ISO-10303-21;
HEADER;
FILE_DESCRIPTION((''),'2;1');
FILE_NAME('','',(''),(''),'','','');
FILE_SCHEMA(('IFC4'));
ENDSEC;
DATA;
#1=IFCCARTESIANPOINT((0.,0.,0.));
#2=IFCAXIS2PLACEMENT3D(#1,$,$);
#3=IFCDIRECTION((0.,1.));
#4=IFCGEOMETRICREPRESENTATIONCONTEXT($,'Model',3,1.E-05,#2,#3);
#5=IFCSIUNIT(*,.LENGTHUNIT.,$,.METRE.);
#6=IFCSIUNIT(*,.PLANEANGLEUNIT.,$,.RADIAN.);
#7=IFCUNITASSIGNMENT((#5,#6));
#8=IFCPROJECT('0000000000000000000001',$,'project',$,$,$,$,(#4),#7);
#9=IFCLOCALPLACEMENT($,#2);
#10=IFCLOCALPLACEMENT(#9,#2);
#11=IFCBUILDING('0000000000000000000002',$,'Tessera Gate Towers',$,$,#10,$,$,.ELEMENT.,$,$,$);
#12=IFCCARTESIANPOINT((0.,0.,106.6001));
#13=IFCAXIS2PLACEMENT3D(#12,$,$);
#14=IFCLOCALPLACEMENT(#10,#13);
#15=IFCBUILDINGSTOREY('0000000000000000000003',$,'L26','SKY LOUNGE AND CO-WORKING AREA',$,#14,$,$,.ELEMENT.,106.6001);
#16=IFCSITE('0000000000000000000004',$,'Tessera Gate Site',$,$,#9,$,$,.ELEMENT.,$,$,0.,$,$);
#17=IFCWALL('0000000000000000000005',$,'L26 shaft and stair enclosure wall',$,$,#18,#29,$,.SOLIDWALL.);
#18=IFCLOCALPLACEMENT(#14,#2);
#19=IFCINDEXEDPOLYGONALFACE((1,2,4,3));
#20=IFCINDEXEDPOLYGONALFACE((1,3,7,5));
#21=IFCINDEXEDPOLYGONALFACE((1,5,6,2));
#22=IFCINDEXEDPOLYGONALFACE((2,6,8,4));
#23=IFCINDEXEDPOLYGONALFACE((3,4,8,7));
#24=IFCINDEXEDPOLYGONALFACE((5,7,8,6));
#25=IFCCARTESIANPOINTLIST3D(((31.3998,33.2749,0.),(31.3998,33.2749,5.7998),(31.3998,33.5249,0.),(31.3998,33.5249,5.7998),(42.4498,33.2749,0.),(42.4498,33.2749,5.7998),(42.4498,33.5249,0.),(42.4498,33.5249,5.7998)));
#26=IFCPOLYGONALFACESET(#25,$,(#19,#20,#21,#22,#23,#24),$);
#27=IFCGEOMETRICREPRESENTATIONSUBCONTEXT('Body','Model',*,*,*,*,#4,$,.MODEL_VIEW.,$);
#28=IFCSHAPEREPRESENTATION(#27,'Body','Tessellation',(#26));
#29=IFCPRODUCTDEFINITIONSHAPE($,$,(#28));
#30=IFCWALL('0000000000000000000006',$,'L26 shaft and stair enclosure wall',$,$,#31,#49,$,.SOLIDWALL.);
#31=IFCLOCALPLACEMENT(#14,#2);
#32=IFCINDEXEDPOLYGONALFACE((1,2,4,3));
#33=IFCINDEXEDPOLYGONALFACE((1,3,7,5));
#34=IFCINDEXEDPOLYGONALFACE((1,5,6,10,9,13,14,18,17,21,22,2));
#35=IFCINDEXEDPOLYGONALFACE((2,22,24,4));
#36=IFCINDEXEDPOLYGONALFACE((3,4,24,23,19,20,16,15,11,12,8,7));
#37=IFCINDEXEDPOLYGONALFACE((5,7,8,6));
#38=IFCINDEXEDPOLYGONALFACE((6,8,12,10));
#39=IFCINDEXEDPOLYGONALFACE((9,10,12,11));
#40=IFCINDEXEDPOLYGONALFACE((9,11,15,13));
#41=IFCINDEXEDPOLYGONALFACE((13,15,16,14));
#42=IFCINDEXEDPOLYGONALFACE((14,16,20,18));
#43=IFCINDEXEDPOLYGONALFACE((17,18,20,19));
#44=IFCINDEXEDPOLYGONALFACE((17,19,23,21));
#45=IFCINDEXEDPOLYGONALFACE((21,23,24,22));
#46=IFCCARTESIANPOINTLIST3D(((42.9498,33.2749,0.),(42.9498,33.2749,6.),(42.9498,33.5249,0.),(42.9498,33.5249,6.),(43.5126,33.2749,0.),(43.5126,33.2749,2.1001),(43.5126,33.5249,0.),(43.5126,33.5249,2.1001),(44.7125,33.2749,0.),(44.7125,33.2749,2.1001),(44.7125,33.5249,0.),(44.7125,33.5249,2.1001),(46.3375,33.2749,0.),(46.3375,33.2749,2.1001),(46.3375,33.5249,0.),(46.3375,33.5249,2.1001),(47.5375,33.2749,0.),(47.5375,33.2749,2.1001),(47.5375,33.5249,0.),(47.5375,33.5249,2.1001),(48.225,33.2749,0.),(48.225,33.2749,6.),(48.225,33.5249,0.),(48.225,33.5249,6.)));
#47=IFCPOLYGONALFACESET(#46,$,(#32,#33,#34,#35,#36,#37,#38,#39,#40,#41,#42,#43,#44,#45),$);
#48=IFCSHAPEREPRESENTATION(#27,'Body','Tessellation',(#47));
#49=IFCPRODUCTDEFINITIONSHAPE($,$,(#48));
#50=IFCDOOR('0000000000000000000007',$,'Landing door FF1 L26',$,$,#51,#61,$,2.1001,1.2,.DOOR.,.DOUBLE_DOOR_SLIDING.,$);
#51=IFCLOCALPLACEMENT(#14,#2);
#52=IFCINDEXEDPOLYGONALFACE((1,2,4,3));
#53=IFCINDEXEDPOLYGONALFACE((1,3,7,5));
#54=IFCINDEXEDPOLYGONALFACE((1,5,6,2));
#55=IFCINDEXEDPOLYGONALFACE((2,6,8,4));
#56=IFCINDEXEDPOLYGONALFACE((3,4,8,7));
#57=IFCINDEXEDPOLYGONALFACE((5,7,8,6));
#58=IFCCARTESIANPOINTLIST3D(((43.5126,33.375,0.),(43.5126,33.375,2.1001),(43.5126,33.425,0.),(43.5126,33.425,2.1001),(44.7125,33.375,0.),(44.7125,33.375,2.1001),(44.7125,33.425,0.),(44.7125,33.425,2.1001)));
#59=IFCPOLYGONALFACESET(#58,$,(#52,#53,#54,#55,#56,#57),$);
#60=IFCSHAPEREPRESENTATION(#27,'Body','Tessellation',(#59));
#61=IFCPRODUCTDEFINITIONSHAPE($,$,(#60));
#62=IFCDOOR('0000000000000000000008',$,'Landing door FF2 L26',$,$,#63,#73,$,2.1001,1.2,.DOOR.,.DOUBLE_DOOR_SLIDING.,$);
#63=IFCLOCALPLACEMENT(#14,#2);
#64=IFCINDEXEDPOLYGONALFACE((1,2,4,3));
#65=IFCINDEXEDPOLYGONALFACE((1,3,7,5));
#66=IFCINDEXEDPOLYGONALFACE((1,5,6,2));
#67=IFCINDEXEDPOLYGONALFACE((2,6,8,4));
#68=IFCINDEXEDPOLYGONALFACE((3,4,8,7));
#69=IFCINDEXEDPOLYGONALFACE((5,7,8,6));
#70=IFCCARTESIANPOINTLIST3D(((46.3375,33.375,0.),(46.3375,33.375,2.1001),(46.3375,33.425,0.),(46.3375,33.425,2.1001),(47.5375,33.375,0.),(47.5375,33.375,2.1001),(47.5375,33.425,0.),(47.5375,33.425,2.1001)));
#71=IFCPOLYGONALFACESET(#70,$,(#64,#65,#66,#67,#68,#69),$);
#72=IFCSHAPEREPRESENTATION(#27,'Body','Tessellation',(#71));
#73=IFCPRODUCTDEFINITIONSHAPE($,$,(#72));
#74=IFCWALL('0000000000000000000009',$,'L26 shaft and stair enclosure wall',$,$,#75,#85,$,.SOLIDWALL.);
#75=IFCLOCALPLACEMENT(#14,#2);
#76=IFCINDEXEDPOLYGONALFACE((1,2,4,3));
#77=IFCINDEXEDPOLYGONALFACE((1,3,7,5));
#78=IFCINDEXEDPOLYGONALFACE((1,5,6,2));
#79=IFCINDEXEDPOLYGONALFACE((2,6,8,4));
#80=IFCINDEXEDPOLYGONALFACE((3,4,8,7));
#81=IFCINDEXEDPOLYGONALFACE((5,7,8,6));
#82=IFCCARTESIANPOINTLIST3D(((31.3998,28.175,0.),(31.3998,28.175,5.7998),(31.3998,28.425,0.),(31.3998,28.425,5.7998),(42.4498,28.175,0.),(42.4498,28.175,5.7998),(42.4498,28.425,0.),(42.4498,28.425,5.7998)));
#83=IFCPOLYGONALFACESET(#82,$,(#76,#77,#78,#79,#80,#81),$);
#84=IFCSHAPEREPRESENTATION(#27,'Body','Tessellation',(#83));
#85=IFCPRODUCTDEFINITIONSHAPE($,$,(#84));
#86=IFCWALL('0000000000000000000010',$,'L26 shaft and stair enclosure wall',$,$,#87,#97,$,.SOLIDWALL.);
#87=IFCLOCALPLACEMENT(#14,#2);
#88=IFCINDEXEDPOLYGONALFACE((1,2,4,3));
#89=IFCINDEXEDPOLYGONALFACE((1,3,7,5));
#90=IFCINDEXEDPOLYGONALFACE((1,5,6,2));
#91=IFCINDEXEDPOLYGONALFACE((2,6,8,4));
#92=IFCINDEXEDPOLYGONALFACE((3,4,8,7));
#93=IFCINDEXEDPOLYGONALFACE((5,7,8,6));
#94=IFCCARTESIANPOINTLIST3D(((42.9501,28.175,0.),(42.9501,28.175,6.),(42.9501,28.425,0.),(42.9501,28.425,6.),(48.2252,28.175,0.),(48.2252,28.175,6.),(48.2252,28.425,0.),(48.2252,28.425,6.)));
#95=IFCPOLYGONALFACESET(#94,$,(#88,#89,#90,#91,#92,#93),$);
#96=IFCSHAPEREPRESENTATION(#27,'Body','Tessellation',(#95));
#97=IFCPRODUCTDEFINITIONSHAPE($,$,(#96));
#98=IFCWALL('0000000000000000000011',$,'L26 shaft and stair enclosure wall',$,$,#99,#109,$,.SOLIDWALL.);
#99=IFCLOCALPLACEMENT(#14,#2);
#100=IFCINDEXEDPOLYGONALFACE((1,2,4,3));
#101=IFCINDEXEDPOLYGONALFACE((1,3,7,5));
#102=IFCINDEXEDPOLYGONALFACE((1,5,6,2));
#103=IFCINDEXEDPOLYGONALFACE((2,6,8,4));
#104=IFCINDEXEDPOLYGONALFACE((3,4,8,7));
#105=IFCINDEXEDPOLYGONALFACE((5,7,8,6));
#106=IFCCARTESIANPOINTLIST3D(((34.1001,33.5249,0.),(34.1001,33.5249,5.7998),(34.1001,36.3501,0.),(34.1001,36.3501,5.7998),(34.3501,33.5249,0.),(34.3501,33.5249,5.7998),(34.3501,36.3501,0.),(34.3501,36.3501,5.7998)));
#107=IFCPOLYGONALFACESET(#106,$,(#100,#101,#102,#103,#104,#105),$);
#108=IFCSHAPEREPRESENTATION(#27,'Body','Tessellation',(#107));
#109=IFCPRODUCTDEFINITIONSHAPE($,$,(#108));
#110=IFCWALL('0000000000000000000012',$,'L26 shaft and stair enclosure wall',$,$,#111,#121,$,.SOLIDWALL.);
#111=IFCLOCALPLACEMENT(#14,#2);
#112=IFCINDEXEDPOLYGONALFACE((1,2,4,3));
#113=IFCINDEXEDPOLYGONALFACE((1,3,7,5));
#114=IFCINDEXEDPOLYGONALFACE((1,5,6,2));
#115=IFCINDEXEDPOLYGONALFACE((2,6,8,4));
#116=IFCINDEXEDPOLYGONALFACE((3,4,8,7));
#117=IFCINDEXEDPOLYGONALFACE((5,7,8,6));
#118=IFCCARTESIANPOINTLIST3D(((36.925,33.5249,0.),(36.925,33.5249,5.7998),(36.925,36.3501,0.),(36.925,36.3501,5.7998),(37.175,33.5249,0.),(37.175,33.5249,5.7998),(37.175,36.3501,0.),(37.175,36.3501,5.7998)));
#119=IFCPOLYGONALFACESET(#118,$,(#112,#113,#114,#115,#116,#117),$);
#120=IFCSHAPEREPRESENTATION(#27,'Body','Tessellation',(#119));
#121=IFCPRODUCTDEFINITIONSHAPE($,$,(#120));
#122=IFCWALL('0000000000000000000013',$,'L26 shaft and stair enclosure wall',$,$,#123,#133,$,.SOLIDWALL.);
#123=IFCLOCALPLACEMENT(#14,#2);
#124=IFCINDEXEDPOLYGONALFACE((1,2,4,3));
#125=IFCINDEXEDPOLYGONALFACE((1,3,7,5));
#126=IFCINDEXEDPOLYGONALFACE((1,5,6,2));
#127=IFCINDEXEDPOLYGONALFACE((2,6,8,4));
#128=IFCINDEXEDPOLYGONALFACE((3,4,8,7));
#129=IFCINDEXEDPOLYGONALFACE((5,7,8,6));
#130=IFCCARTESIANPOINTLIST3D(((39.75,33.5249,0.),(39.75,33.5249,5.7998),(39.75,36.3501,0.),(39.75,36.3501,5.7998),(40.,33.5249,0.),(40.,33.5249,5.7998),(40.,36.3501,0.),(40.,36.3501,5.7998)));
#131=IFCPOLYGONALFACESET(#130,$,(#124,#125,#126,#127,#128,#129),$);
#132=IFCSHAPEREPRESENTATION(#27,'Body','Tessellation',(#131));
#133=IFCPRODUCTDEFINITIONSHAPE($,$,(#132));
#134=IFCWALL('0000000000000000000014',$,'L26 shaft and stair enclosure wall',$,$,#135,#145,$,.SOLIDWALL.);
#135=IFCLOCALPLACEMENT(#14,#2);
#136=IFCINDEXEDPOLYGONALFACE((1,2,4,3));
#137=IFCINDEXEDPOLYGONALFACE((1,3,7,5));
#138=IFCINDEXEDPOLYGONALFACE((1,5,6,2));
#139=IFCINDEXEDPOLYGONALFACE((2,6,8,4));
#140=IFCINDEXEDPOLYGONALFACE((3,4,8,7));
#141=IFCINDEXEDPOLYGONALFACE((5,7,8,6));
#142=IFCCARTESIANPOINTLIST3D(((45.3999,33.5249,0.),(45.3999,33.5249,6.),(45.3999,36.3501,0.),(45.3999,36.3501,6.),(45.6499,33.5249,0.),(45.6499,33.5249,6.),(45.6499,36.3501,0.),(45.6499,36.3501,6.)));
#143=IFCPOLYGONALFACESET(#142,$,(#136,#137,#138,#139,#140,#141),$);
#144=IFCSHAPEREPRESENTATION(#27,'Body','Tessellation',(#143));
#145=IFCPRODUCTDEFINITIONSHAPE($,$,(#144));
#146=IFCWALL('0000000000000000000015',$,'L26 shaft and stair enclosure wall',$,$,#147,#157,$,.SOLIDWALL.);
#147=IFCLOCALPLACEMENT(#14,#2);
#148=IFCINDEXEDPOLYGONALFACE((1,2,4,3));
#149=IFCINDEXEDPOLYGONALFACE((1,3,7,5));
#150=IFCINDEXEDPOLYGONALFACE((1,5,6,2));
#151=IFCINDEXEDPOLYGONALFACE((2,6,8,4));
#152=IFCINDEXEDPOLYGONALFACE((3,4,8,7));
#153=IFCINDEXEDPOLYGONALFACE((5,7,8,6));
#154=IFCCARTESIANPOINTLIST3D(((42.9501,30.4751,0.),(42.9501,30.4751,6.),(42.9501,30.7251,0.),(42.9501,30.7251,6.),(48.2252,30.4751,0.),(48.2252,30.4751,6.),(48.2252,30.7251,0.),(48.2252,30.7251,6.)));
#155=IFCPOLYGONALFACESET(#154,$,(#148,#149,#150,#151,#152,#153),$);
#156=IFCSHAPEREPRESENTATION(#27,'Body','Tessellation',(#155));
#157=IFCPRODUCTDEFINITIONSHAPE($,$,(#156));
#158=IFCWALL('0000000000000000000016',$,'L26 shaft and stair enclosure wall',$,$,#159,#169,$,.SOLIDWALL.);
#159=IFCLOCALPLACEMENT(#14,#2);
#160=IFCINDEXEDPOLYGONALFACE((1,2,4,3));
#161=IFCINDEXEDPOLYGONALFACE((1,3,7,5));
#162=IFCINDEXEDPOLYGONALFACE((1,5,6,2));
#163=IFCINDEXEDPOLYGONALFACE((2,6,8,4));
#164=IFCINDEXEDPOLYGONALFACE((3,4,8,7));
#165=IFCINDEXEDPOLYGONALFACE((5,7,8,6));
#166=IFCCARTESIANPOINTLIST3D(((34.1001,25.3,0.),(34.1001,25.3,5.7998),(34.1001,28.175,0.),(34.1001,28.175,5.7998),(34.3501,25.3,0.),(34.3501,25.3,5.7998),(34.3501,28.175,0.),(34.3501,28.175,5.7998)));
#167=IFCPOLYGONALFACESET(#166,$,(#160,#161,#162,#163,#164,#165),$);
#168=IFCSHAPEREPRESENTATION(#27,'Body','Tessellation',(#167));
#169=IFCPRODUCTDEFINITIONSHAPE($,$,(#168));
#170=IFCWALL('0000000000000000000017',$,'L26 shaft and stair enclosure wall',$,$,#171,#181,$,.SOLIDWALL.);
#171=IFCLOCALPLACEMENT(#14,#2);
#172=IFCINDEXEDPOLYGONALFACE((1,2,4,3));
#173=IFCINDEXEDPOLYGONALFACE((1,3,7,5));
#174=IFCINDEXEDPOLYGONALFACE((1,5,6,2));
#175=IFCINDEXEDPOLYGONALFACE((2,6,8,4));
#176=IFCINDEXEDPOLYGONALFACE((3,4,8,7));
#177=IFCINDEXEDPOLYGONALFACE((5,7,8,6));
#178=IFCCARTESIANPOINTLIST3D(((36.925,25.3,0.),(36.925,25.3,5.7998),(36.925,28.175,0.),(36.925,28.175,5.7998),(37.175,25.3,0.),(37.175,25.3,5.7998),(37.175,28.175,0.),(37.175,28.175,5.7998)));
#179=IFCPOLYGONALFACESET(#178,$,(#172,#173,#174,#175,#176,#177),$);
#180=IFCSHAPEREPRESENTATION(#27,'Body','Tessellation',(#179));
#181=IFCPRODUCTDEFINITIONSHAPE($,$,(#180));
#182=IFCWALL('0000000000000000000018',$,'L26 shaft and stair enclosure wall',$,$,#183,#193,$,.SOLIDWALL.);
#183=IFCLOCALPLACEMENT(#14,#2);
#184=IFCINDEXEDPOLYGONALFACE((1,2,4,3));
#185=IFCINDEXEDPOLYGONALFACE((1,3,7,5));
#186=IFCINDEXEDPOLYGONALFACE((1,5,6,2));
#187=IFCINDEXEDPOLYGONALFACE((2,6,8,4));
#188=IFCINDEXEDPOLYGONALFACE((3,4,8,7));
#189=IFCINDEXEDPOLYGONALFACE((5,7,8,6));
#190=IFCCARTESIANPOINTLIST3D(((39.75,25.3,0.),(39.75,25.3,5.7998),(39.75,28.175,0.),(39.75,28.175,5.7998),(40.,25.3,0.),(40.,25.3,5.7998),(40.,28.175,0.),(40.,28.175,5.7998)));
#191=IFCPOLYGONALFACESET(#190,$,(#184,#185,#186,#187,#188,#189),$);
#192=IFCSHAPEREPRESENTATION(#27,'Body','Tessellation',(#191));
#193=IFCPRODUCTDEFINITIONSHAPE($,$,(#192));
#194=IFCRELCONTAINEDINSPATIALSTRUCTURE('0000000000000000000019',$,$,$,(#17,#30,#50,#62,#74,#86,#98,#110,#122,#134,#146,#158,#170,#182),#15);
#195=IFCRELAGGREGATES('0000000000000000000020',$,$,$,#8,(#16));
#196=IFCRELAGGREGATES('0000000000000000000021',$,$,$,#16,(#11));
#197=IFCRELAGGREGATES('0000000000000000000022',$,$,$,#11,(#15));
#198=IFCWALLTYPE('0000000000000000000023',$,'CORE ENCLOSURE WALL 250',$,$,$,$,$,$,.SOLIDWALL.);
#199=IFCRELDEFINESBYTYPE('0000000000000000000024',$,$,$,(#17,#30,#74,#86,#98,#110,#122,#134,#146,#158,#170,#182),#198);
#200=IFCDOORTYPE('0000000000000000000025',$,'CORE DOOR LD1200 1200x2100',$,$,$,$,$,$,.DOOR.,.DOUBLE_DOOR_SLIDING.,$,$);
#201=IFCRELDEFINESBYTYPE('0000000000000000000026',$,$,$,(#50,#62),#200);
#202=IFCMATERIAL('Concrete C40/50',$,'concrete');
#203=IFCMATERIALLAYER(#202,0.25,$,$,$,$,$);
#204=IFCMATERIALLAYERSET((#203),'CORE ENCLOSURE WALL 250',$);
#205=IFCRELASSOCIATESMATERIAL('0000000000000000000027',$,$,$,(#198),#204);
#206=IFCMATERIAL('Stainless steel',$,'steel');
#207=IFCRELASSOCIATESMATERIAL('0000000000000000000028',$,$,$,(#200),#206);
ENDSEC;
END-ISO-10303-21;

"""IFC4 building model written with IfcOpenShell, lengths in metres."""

from ifc_helpers import new_model, si_unit, direction, frame, frame_2d, origin, place, context, subcontext, project, spatial, rectangle, extrude, source, transform, mapped, material, layer, layer_set, type_object, element, fill, save


model = new_model("IFC4")

# Units and contexts
model_context = context("Model", 3, precision=1e-05, world=origin(), true_north=direction((0.0, 1.0)))
body_context = subcontext(model_context, "Body", "Model", "MODEL_VIEW")
ifc_project = project(units=[si_unit("LENGTHUNIT", "METRE"), si_unit("PLANEANGLEUNIT", "RADIAN")], contexts=[model_context])

# Site, building, storey
site_placement = place(None, origin())
site = spatial("IfcSite", under=ifc_project, at=site_placement, Name="Tessera Gate Site", CompositionType="ELEMENT", RefElevation=0.0)
building_placement = place(site_placement, origin())
building = spatial("IfcBuilding", under=site, at=building_placement, Name="Tessera Gate Towers", CompositionType="ELEMENT")
storey_placement = place(building_placement, frame((0.0, 0.0, 106.6001)))
storey = spatial("IfcBuildingStorey", under=building, at=storey_placement, Name="L26", Description="SKY LOUNGE AND CO-WORKING AREA", CompositionType="ELEMENT", Elevation=106.6001)

# Wall
ifc_material_1 = material(Name="Concrete C40/50", Category="concrete")
ifc_layer_1 = layer(ifc_material_1, 0.25)
ifc_layer_set_1 = layer_set([ifc_layer_1], Name="CORE ENCLOSURE WALL 250")
wall_type_1 = type_object("IfcWallType", Name="CORE ENCLOSURE WALL 250", PredefinedType="SOLIDWALL", material=ifc_layer_set_1)
wall_1_placement = place(storey_placement, frame((31.3999, 33.3999, 0.0), z_axis=(0.0, 0.0, 1.0), x_axis=(1.0, 0.0, 0.0)))
element("IfcWall", 1, at=wall_1_placement, inside=storey, type_object=wall_type_1, Name="L26 shaft and stair enclosure wall", PredefinedType="SOLIDWALL", context=body_context, shape_type="SweptSolid", body=[
    extrude(rectangle(XDim=11.05, YDim=0.25, at=frame_2d((5.5249, 0.0))), origin(), (0.0, 0.0, 1.0), 5.7998),
])

# Wall, openings, doors
wall_2_placement = place(storey_placement, frame((48.2251, 33.3999, 0.0), z_axis=(0.0, 0.0, 1.0), x_axis=(-1.0, 0.0, 0.0)))
wall_2 = element("IfcWall", 2, at=wall_2_placement, inside=storey, type_object=wall_type_1, Name="L26 shaft and stair enclosure wall", PredefinedType="SOLIDWALL", context=body_context, shape_type="SweptSolid", body=[
    extrude(rectangle(XDim=5.2751, YDim=0.25, at=frame_2d((2.6377, 0.0))), origin(), (0.0, 0.0, 1.0), 6.0),
])
shared_shape_1 = source(origin(), body_context, "Body", "SweptSolid", [
    extrude(rectangle(XDim=1.2, YDim=2.1001, at=frame_2d((0.6001, 1.05))), frame((0.0, 0.135, 0.0), z_axis=(0.0, -1.0, 0.0), x_axis=(1.0, 0.0, 0.0)), (0.0, 0.0, 1.0), 0.27),
])
opening_1_placement = place(wall_2_placement, frame((3.5125, 0.0, 0.0)))
opening_1 = element("IfcOpeningElement", 3, at=opening_1_placement, cuts=wall_2, PredefinedType="OPENING", context=body_context, shape_type="MappedRepresentation", body=[
    mapped(shared_shape_1, transform((0.0, 0.0, 0.0), scale=1.0)),
])
opening_2_placement = place(wall_2_placement, frame((0.6875, 0.0, 0.0)))
opening_2 = element("IfcOpeningElement", 4, at=opening_2_placement, cuts=wall_2, PredefinedType="OPENING", context=body_context, shape_type="MappedRepresentation", body=[
    mapped(shared_shape_1, transform((0.0, 0.0, 0.0), scale=1.0)),
])
ifc_material_2 = material(Name="Stainless steel", Category="steel")
door_type_1 = type_object("IfcDoorType", Name="CORE DOOR LD1200 1200x2100", OperationType="DOUBLE_DOOR_SLIDING", PredefinedType="DOOR", material=ifc_material_2)
shared_shape_2 = source(origin(), body_context, "Body", "SweptSolid", [
    extrude(rectangle(XDim=1.2, YDim=2.1001, at=frame_2d((0.6001, 1.05))), frame((0.0, 0.0249, 0.0), z_axis=(0.0, -1.0, 0.0), x_axis=(1.0, 0.0, 0.0)), (0.0, 0.0, 1.0), 0.05),
])
door_1_placement = place(opening_1_placement, origin())
door_1 = element("IfcDoor", 5, at=door_1_placement, inside=storey, type_object=door_type_1, Name="Landing door FF1 L26", OperationType="DOUBLE_DOOR_SLIDING", OverallHeight=2.1001, OverallWidth=1.2, PredefinedType="DOOR", context=body_context, shape_type="MappedRepresentation", body=[
    mapped(shared_shape_2, transform((0.0, 0.0, 0.0), scale=1.0)),
])
fill(opening_1, door_1)
door_2_placement = place(opening_2_placement, origin())
door_2 = element("IfcDoor", 6, at=door_2_placement, inside=storey, type_object=door_type_1, Name="Landing door FF2 L26", OperationType="DOUBLE_DOOR_SLIDING", OverallHeight=2.1001, OverallWidth=1.2, PredefinedType="DOOR", context=body_context, shape_type="MappedRepresentation", body=[
    mapped(shared_shape_2, transform((0.0, 0.0, 0.0), scale=1.0)),
])
fill(opening_2, door_2)

# Walls
wall_3_placement = place(storey_placement, frame((31.3999, 28.3, 0.0), z_axis=(0.0, 0.0, 1.0), x_axis=(1.0, 0.0, 0.0)))
element("IfcWall", 7, at=wall_3_placement, inside=storey, type_object=wall_type_1, Name="L26 shaft and stair enclosure wall", PredefinedType="SOLIDWALL", context=body_context, shape_type="SweptSolid", body=[
    extrude(rectangle(XDim=11.05, YDim=0.25, at=frame_2d((5.5249, 0.0))), origin(), (0.0, 0.0, 1.0), 5.7998),
])
wall_4_placement = place(storey_placement, frame((42.95, 28.3, 0.0), z_axis=(0.0, 0.0, 1.0), x_axis=(1.0, 0.0, 0.0)))
element("IfcWall", 8, at=wall_4_placement, inside=storey, type_object=wall_type_1, Name="L26 shaft and stair enclosure wall", PredefinedType="SOLIDWALL", context=body_context, shape_type="SweptSolid", body=[
    extrude(rectangle(XDim=5.2751, YDim=0.25, at=frame_2d((2.6377, 0.0))), origin(), (0.0, 0.0, 1.0), 6.0),
])
for number, where, z_axis, x_axis, name in (
    (9, (34.2251, 33.5249, 0.0), (0.0, 0.0, 1.0), (0.0, 1.0, 0.0), "L26 shaft and stair enclosure wall"),
    (10, (37.05, 33.5249, 0.0), (0.0, 0.0, 1.0), (0.0, 1.0, 0.0), "L26 shaft and stair enclosure wall"),
    (11, (39.875, 33.5249, 0.0), (0.0, 0.0, 1.0), (0.0, 1.0, 0.0), "L26 shaft and stair enclosure wall"),
):
    element("IfcWall", number, at=place(storey_placement, frame(where, z_axis=z_axis, x_axis=x_axis)), inside=storey, type_object=wall_type_1, Name=name, PredefinedType="SOLIDWALL", context=body_context, shape_type="SweptSolid", body=[
        extrude(rectangle(XDim=2.8252, YDim=0.25, at=frame_2d((1.4126, 0.0))), origin(), (0.0, 0.0, 1.0), 5.7998),
    ])
wall_5_placement = place(storey_placement, frame((45.5249, 33.5249, 0.0), z_axis=(0.0, 0.0, 1.0), x_axis=(0.0, 1.0, 0.0)))
element("IfcWall", 12, at=wall_5_placement, inside=storey, type_object=wall_type_1, Name="L26 shaft and stair enclosure wall", PredefinedType="SOLIDWALL", context=body_context, shape_type="SweptSolid", body=[
    extrude(rectangle(XDim=2.8252, YDim=0.25, at=frame_2d((1.4126, 0.0))), origin(), (0.0, 0.0, 1.0), 6.0),
])
wall_6_placement = place(storey_placement, frame((42.95, 30.6001, 0.0), z_axis=(0.0, 0.0, 1.0), x_axis=(1.0, 0.0, 0.0)))
element("IfcWall", 13, at=wall_6_placement, inside=storey, type_object=wall_type_1, Name="L26 shaft and stair enclosure wall", PredefinedType="SOLIDWALL", context=body_context, shape_type="SweptSolid", body=[
    extrude(rectangle(XDim=5.2751, YDim=0.25, at=frame_2d((2.6377, 0.0))), origin(), (0.0, 0.0, 1.0), 6.0),
])
for number, where, z_axis, x_axis, name in (
    (14, (34.2251, 25.3, 0.0), (0.0, 0.0, 1.0), (0.0, 1.0, 0.0), "L26 shaft and stair enclosure wall"),
    (15, (37.05, 25.3, 0.0), (0.0, 0.0, 1.0), (0.0, 1.0, 0.0), "L26 shaft and stair enclosure wall"),
    (16, (39.875, 25.3, 0.0), (0.0, 0.0, 1.0), (0.0, 1.0, 0.0), "L26 shaft and stair enclosure wall"),
):
    element("IfcWall", number, at=place(storey_placement, frame(where, z_axis=z_axis, x_axis=x_axis)), inside=storey, type_object=wall_type_1, Name=name, PredefinedType="SOLIDWALL", context=body_context, shape_type="SweptSolid", body=[
        extrude(rectangle(XDim=2.875, YDim=0.25, at=frame_2d((1.4375, 0.0))), origin(), (0.0, 0.0, 1.0), 5.7998),
    ])

save(model, "model.ifc")
